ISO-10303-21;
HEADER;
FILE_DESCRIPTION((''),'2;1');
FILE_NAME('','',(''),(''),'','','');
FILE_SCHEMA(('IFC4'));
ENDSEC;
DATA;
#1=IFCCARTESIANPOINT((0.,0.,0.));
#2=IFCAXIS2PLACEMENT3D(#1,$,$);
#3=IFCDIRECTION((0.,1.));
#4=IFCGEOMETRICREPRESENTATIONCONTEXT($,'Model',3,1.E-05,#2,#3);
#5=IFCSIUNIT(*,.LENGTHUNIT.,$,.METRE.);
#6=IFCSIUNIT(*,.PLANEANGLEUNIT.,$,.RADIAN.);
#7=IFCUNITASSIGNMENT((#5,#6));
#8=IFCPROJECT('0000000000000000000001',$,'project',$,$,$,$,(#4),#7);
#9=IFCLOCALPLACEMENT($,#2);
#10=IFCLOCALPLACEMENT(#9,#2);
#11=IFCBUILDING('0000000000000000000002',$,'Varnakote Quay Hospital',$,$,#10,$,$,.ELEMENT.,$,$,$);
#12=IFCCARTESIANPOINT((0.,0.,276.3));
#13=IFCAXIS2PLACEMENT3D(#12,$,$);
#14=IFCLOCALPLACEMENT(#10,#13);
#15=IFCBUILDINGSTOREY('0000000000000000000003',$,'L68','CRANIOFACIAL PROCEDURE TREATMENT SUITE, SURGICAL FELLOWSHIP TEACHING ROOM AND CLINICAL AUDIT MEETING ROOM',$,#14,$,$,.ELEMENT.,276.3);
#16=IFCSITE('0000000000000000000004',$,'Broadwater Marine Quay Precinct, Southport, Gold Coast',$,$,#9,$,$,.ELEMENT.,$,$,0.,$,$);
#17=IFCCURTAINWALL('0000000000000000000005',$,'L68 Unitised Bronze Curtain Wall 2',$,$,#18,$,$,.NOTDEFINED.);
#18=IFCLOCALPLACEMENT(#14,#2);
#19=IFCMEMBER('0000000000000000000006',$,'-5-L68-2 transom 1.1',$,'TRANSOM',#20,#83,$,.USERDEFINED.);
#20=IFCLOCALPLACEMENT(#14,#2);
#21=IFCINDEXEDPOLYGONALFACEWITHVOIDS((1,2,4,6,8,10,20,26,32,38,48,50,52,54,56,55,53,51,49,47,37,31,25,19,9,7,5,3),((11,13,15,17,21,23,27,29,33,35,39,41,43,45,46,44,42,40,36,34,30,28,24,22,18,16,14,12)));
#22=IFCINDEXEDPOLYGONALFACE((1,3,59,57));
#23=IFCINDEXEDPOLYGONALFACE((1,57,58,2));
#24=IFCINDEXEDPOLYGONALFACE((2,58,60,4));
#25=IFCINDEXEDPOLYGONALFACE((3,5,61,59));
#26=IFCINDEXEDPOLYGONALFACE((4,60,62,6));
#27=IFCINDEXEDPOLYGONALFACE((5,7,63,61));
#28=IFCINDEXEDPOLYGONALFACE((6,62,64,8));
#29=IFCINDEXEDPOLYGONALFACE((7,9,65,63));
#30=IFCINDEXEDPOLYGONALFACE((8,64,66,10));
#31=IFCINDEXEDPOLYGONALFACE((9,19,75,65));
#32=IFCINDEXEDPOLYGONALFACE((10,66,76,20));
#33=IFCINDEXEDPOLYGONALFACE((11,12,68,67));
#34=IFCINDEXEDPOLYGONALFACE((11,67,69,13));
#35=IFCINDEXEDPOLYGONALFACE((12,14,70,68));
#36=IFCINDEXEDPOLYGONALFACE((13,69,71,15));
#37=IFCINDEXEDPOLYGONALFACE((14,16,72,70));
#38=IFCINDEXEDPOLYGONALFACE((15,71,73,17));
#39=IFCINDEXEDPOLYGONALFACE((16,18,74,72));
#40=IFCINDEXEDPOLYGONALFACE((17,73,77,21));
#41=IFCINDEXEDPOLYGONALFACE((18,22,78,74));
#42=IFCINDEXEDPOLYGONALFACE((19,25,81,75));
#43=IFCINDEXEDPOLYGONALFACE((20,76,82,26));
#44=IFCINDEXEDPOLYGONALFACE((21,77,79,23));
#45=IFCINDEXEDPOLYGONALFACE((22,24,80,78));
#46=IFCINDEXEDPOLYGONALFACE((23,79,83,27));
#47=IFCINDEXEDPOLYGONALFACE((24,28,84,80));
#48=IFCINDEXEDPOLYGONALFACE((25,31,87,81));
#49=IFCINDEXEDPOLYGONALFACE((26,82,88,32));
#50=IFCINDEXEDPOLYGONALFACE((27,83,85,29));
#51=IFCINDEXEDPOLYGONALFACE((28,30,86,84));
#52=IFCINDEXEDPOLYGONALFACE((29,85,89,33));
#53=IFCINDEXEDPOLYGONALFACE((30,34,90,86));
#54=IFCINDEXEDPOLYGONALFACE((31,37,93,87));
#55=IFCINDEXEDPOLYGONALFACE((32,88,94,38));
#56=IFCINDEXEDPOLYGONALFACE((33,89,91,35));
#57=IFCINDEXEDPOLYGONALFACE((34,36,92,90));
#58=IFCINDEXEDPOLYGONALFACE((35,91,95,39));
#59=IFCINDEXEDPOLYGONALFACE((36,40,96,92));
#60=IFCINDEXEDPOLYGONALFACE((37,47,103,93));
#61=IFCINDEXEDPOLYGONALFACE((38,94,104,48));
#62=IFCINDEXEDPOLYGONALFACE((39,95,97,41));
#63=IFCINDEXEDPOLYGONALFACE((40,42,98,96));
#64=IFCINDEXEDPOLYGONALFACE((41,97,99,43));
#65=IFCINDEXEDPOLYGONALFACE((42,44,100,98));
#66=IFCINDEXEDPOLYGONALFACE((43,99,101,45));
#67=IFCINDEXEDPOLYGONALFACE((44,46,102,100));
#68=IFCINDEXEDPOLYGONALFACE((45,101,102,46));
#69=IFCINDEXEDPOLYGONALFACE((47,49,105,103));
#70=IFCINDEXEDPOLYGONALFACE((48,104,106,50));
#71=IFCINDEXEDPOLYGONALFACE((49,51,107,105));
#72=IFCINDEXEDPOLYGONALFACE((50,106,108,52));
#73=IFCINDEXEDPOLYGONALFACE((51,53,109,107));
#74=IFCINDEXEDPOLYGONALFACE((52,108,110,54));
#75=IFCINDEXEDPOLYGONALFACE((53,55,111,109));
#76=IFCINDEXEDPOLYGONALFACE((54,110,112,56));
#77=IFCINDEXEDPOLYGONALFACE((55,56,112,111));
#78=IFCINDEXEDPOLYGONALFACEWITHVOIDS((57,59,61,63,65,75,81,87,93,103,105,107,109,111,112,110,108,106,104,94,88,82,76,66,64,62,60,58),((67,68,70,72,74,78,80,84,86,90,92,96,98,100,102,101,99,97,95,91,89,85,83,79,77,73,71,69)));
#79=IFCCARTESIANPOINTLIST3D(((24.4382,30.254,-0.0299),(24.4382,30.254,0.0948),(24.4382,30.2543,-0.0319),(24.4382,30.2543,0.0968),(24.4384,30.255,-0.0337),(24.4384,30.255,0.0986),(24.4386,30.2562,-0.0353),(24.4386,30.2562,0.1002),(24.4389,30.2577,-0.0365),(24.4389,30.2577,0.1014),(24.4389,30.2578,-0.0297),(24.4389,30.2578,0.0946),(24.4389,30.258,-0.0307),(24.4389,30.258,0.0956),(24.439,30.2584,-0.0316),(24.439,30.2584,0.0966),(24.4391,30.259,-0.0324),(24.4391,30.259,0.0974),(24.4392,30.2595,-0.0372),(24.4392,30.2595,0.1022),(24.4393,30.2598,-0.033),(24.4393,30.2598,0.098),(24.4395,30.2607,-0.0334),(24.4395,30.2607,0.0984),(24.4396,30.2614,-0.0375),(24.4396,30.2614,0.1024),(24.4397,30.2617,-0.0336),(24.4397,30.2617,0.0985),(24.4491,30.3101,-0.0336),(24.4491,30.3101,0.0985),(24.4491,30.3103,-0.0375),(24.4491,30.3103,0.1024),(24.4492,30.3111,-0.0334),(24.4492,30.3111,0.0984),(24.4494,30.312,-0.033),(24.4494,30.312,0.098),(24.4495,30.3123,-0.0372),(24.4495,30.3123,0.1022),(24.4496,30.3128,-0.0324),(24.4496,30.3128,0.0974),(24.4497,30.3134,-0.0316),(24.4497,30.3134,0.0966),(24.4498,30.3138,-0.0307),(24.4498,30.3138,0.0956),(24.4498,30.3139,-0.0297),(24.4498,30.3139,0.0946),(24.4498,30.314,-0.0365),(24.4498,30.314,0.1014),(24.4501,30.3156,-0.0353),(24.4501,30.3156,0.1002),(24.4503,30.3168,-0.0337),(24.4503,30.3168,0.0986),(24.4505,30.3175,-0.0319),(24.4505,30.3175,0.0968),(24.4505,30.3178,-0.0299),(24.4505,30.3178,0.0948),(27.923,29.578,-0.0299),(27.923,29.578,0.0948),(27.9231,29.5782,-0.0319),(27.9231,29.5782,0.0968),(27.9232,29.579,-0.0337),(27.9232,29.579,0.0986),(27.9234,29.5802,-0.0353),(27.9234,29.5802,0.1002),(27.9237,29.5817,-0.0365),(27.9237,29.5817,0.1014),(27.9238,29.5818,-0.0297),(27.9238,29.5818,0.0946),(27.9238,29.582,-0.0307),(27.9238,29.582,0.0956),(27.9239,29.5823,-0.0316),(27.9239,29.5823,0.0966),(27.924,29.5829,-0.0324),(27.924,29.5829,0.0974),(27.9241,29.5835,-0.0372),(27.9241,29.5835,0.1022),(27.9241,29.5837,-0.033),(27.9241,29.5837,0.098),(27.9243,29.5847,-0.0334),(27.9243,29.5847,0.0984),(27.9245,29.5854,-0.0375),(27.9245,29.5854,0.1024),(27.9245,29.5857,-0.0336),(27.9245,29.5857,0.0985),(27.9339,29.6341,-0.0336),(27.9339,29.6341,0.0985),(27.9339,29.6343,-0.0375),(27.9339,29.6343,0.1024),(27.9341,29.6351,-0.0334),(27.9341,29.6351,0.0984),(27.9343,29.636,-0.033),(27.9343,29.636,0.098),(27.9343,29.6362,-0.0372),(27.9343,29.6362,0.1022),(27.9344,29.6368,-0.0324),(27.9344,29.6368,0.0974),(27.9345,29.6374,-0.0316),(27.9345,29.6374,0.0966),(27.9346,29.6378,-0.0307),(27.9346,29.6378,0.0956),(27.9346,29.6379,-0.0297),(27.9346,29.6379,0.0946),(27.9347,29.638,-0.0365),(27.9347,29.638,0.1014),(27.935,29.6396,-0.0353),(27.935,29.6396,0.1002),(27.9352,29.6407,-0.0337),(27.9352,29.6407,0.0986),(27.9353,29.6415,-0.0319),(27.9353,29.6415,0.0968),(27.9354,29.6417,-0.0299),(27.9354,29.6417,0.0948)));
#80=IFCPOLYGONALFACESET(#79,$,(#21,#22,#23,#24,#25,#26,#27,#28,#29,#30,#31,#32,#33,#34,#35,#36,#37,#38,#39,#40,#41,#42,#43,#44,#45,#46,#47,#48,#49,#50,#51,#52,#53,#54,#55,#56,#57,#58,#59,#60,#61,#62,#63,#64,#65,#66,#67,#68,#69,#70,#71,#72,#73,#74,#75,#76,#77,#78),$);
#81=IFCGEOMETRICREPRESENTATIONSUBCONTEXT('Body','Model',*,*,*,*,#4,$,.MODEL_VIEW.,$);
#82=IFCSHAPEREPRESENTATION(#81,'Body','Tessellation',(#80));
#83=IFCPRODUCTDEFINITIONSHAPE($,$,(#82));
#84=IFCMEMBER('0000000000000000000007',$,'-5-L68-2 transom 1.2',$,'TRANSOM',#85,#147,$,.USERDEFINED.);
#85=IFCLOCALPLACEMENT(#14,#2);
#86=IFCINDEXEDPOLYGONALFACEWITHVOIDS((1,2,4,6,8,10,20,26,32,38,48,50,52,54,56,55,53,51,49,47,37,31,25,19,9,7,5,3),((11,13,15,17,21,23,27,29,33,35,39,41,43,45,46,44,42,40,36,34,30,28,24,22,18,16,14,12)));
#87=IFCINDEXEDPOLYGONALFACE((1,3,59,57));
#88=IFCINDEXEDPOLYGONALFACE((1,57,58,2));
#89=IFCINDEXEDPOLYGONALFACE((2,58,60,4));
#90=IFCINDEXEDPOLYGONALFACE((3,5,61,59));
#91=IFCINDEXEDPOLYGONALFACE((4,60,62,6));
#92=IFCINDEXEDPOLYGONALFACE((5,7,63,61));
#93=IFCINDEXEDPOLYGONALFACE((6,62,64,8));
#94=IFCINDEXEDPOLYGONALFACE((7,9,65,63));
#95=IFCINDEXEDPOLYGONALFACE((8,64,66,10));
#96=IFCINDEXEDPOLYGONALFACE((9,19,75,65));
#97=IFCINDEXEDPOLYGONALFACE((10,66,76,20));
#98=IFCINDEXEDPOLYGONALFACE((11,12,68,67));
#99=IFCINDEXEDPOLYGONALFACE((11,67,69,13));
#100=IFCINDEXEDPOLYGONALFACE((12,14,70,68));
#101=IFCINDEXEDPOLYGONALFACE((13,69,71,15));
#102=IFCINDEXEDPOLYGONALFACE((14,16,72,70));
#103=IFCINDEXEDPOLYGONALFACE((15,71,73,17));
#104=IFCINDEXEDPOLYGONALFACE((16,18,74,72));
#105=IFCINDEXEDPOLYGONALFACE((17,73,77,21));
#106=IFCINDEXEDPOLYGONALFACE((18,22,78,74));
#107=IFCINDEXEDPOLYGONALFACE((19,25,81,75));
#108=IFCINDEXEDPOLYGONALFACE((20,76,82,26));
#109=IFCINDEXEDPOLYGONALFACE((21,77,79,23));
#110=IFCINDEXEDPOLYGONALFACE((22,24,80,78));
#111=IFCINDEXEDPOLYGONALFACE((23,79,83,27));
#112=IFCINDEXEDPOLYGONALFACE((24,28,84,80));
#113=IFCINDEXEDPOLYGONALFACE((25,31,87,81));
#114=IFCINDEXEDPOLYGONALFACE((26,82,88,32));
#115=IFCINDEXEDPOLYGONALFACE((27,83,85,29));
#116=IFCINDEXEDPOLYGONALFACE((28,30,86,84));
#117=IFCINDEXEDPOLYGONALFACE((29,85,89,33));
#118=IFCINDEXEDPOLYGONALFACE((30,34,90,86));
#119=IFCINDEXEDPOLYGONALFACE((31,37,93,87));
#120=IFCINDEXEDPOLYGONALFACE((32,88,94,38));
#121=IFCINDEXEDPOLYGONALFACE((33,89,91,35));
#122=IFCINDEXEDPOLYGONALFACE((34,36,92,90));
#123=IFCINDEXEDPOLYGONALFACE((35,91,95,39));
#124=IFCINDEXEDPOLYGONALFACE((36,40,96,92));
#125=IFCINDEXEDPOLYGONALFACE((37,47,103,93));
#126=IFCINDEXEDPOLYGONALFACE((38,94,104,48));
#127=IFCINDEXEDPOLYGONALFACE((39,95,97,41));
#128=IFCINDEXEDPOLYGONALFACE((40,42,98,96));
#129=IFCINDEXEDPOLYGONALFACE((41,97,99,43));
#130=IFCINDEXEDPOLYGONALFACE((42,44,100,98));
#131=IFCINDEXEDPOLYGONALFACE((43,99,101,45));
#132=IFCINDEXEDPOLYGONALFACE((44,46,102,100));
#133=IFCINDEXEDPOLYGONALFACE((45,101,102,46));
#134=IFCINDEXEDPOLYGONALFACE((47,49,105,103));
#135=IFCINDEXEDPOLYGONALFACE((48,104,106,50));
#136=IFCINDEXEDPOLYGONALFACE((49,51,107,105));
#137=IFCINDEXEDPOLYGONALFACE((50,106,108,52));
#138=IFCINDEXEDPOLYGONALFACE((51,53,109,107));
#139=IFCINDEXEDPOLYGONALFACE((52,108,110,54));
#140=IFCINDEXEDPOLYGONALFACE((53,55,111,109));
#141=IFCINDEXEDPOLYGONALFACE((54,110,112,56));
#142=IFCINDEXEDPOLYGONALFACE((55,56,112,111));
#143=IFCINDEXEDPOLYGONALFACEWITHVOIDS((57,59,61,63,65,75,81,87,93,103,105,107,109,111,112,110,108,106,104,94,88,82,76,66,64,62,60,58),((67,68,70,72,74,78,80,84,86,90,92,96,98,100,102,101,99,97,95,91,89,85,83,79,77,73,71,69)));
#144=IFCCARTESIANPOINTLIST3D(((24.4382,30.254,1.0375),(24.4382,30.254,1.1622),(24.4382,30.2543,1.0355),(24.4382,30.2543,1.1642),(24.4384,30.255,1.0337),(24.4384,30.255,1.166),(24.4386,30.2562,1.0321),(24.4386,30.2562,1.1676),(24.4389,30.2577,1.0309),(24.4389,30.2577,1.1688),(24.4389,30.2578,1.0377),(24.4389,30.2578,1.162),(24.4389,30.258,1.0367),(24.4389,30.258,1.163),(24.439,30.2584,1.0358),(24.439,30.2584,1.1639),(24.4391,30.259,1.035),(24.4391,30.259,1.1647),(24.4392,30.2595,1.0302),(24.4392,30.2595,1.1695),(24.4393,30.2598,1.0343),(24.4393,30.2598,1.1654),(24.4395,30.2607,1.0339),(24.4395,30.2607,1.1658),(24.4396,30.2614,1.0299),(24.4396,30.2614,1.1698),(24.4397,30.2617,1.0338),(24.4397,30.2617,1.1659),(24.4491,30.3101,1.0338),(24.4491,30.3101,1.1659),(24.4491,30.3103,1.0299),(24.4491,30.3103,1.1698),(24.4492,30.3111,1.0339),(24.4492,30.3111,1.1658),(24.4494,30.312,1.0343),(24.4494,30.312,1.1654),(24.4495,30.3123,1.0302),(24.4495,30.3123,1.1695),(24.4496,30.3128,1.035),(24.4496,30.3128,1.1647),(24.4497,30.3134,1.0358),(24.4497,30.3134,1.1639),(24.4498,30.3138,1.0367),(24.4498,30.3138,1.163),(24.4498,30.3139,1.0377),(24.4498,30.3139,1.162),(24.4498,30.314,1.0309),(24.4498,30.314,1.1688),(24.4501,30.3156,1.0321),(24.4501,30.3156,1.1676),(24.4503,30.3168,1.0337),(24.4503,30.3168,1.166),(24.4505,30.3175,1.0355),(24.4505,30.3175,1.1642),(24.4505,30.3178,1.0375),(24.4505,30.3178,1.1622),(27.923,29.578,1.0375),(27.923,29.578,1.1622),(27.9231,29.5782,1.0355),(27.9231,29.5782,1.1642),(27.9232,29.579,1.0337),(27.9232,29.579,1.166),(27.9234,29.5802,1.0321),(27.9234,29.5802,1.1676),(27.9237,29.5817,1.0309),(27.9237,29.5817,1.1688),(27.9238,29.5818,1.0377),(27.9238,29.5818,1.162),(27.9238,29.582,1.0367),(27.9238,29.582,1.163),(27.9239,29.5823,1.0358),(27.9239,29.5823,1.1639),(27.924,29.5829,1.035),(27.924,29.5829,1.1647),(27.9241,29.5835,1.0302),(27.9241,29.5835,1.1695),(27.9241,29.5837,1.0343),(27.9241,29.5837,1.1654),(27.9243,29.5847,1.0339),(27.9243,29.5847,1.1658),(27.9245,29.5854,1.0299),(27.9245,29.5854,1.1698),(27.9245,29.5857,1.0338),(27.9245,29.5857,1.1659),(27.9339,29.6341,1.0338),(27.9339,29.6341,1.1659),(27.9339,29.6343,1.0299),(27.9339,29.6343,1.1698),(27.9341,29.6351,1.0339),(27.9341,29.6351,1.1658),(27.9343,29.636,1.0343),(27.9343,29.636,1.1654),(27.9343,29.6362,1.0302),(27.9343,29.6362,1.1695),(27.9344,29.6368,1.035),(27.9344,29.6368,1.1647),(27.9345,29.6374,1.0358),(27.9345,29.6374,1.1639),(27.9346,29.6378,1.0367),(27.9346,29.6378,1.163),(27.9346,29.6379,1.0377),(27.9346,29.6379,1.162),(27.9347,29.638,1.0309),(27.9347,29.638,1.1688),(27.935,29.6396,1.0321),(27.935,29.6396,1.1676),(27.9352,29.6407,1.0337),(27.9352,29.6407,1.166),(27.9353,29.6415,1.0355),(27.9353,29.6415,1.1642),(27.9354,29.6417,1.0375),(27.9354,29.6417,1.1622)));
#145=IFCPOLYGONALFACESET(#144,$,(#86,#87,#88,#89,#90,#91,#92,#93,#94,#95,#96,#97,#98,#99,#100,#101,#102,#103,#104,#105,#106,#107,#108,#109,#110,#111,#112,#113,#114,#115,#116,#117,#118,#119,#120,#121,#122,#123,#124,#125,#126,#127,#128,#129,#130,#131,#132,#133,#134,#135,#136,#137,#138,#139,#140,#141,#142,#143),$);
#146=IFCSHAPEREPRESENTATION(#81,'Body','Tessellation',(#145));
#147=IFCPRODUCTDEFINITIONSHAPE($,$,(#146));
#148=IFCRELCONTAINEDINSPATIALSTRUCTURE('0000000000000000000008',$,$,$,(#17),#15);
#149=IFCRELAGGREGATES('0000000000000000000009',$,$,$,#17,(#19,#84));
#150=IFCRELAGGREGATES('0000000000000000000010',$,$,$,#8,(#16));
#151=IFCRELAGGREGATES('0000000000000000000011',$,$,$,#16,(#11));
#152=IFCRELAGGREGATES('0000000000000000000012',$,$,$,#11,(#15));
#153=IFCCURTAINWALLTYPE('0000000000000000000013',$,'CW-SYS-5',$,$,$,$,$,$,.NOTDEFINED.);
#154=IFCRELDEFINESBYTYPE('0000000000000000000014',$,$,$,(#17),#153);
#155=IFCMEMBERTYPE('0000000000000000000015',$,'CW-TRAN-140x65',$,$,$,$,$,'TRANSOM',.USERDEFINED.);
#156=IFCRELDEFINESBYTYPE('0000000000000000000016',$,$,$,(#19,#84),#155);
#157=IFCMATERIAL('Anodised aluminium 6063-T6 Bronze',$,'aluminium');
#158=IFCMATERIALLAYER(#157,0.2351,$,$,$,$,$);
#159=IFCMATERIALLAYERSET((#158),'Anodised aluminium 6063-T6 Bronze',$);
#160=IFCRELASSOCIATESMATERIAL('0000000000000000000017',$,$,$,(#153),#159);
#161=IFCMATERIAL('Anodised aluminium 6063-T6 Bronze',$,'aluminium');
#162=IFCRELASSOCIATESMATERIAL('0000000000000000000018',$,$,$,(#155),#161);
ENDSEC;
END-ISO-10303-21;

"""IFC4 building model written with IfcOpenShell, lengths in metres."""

from ifc_helpers import new_model, si_unit, direction, frame, origin, origin_2d, place, context, subcontext, project, spatial, hollow_rectangle, extrude, material, layer, layer_set, material_profile, profile_set, type_object, element, aggregate, save


model = new_model("IFC4")

# Units and contexts
model_context = context("Model", 3, precision=1e-05, world=origin(), true_north=direction((0.0, 1.0)))
body_context = subcontext(model_context, "Body", "Model", "MODEL_VIEW")
ifc_project = project(units=[si_unit("LENGTHUNIT", "METRE"), si_unit("PLANEANGLEUNIT", "RADIAN")], contexts=[model_context])

# Site, building, storey
site_placement = place(None, origin())
site = spatial("IfcSite", under=ifc_project, at=site_placement, Name="Broadwater Marine Quay Precinct, Southport, Gold Coast", CompositionType="ELEMENT", RefElevation=0.0)
building_placement = place(site_placement, origin())
building = spatial("IfcBuilding", under=site, at=building_placement, Name="Varnakote Quay Hospital", CompositionType="ELEMENT")
storey_placement = place(building_placement, frame((0.0, 0.0, 276.3)))
storey = spatial("IfcBuildingStorey", under=building, at=storey_placement, Name="L68", Description="CRANIOFACIAL PROCEDURE TREATMENT SUITE, SURGICAL FELLOWSHIP TEACHING ROOM AND CLINICAL AUDIT MEETING ROOM", CompositionType="ELEMENT", Elevation=276.3)

# Shared definitions
ifc_material_1 = material(Name="Anodised aluminium 6063-T6 Bronze", Category="aluminium")
ifc_layer_1 = layer(ifc_material_1, 0.2351)
ifc_layer_set_1 = layer_set([ifc_layer_1], Name="Anodised aluminium 6063-T6 Bronze")
curtain_wall_type = type_object("IfcCurtainWallType", Name="CW-SYS-5", PredefinedType="NOTDEFINED", material=ifc_layer_set_1)

# Curtain wall
curtain_wall_1_placement = place(storey_placement, origin())
curtain_wall_1 = element("IfcCurtainWall", 1, at=curtain_wall_1_placement, inside=storey, type_object=curtain_wall_type, Name="L68 Unitised Bronze Curtain Wall 2", PredefinedType="NOTDEFINED")

# Members
ifc_material_2 = material(Name="Anodised aluminium 6063-T6 Bronze", Category="aluminium")
ifc_material_profile_1 = material_profile(ifc_material_2, hollow_rectangle(XDim=0.0649, YDim=0.1399, WallThickness=0.0039, InnerFilletRadius=0.0039, OuterFilletRadius=0.0076, at=origin_2d()), Name="CW-TRAN-140x65")
ifc_profile_set_1 = profile_set([ifc_material_profile_1], Name="Anodised aluminium 6063-T6 Bronze")
member_type_1 = type_object("IfcMemberType", Name="CW-TRAN-140x65", ElementType="TRANSOM", PredefinedType="USERDEFINED", material=ifc_profile_set_1)
member_1_placement = place(storey_placement, frame((27.9292, 29.6099, 0.0325), z_axis=(-0.981699, 0.190439, 0.0), x_axis=(-0.190439, -0.981699, 0.0)))
member_1 = element("IfcMember", 2, at=member_1_placement, type_object=member_type_1, Name="-5-L68-2 transom 1.1", ObjectType="TRANSOM", PredefinedType="USERDEFINED", context=body_context, shape_type="SweptSolid", body=[
    extrude(hollow_rectangle(XDim=0.0649, YDim=0.1399, WallThickness=0.0039, InnerFilletRadius=0.0039, OuterFilletRadius=0.0076, at=origin_2d()), origin(), (0.0, 0.0, 1.0), 3.5498),
])
member_2_placement = place(storey_placement, frame((27.9292, 29.6099, 1.0999), z_axis=(-0.981699, 0.190439, 0.0), x_axis=(-0.190439, -0.981699, 0.0)))
member_2 = element("IfcMember", 3, at=member_2_placement, type_object=member_type_1, Name="-5-L68-2 transom 1.2", ObjectType="TRANSOM", PredefinedType="USERDEFINED", context=body_context, shape_type="SweptSolid", body=[
    extrude(hollow_rectangle(XDim=0.0649, YDim=0.1399, WallThickness=0.0039, InnerFilletRadius=0.0039, OuterFilletRadius=0.0076, at=origin_2d()), origin(), (0.0, 0.0, 1.0), 3.5498),
])

aggregate(curtain_wall_1, [member_1, member_2])

save(model, "model.ifc")
